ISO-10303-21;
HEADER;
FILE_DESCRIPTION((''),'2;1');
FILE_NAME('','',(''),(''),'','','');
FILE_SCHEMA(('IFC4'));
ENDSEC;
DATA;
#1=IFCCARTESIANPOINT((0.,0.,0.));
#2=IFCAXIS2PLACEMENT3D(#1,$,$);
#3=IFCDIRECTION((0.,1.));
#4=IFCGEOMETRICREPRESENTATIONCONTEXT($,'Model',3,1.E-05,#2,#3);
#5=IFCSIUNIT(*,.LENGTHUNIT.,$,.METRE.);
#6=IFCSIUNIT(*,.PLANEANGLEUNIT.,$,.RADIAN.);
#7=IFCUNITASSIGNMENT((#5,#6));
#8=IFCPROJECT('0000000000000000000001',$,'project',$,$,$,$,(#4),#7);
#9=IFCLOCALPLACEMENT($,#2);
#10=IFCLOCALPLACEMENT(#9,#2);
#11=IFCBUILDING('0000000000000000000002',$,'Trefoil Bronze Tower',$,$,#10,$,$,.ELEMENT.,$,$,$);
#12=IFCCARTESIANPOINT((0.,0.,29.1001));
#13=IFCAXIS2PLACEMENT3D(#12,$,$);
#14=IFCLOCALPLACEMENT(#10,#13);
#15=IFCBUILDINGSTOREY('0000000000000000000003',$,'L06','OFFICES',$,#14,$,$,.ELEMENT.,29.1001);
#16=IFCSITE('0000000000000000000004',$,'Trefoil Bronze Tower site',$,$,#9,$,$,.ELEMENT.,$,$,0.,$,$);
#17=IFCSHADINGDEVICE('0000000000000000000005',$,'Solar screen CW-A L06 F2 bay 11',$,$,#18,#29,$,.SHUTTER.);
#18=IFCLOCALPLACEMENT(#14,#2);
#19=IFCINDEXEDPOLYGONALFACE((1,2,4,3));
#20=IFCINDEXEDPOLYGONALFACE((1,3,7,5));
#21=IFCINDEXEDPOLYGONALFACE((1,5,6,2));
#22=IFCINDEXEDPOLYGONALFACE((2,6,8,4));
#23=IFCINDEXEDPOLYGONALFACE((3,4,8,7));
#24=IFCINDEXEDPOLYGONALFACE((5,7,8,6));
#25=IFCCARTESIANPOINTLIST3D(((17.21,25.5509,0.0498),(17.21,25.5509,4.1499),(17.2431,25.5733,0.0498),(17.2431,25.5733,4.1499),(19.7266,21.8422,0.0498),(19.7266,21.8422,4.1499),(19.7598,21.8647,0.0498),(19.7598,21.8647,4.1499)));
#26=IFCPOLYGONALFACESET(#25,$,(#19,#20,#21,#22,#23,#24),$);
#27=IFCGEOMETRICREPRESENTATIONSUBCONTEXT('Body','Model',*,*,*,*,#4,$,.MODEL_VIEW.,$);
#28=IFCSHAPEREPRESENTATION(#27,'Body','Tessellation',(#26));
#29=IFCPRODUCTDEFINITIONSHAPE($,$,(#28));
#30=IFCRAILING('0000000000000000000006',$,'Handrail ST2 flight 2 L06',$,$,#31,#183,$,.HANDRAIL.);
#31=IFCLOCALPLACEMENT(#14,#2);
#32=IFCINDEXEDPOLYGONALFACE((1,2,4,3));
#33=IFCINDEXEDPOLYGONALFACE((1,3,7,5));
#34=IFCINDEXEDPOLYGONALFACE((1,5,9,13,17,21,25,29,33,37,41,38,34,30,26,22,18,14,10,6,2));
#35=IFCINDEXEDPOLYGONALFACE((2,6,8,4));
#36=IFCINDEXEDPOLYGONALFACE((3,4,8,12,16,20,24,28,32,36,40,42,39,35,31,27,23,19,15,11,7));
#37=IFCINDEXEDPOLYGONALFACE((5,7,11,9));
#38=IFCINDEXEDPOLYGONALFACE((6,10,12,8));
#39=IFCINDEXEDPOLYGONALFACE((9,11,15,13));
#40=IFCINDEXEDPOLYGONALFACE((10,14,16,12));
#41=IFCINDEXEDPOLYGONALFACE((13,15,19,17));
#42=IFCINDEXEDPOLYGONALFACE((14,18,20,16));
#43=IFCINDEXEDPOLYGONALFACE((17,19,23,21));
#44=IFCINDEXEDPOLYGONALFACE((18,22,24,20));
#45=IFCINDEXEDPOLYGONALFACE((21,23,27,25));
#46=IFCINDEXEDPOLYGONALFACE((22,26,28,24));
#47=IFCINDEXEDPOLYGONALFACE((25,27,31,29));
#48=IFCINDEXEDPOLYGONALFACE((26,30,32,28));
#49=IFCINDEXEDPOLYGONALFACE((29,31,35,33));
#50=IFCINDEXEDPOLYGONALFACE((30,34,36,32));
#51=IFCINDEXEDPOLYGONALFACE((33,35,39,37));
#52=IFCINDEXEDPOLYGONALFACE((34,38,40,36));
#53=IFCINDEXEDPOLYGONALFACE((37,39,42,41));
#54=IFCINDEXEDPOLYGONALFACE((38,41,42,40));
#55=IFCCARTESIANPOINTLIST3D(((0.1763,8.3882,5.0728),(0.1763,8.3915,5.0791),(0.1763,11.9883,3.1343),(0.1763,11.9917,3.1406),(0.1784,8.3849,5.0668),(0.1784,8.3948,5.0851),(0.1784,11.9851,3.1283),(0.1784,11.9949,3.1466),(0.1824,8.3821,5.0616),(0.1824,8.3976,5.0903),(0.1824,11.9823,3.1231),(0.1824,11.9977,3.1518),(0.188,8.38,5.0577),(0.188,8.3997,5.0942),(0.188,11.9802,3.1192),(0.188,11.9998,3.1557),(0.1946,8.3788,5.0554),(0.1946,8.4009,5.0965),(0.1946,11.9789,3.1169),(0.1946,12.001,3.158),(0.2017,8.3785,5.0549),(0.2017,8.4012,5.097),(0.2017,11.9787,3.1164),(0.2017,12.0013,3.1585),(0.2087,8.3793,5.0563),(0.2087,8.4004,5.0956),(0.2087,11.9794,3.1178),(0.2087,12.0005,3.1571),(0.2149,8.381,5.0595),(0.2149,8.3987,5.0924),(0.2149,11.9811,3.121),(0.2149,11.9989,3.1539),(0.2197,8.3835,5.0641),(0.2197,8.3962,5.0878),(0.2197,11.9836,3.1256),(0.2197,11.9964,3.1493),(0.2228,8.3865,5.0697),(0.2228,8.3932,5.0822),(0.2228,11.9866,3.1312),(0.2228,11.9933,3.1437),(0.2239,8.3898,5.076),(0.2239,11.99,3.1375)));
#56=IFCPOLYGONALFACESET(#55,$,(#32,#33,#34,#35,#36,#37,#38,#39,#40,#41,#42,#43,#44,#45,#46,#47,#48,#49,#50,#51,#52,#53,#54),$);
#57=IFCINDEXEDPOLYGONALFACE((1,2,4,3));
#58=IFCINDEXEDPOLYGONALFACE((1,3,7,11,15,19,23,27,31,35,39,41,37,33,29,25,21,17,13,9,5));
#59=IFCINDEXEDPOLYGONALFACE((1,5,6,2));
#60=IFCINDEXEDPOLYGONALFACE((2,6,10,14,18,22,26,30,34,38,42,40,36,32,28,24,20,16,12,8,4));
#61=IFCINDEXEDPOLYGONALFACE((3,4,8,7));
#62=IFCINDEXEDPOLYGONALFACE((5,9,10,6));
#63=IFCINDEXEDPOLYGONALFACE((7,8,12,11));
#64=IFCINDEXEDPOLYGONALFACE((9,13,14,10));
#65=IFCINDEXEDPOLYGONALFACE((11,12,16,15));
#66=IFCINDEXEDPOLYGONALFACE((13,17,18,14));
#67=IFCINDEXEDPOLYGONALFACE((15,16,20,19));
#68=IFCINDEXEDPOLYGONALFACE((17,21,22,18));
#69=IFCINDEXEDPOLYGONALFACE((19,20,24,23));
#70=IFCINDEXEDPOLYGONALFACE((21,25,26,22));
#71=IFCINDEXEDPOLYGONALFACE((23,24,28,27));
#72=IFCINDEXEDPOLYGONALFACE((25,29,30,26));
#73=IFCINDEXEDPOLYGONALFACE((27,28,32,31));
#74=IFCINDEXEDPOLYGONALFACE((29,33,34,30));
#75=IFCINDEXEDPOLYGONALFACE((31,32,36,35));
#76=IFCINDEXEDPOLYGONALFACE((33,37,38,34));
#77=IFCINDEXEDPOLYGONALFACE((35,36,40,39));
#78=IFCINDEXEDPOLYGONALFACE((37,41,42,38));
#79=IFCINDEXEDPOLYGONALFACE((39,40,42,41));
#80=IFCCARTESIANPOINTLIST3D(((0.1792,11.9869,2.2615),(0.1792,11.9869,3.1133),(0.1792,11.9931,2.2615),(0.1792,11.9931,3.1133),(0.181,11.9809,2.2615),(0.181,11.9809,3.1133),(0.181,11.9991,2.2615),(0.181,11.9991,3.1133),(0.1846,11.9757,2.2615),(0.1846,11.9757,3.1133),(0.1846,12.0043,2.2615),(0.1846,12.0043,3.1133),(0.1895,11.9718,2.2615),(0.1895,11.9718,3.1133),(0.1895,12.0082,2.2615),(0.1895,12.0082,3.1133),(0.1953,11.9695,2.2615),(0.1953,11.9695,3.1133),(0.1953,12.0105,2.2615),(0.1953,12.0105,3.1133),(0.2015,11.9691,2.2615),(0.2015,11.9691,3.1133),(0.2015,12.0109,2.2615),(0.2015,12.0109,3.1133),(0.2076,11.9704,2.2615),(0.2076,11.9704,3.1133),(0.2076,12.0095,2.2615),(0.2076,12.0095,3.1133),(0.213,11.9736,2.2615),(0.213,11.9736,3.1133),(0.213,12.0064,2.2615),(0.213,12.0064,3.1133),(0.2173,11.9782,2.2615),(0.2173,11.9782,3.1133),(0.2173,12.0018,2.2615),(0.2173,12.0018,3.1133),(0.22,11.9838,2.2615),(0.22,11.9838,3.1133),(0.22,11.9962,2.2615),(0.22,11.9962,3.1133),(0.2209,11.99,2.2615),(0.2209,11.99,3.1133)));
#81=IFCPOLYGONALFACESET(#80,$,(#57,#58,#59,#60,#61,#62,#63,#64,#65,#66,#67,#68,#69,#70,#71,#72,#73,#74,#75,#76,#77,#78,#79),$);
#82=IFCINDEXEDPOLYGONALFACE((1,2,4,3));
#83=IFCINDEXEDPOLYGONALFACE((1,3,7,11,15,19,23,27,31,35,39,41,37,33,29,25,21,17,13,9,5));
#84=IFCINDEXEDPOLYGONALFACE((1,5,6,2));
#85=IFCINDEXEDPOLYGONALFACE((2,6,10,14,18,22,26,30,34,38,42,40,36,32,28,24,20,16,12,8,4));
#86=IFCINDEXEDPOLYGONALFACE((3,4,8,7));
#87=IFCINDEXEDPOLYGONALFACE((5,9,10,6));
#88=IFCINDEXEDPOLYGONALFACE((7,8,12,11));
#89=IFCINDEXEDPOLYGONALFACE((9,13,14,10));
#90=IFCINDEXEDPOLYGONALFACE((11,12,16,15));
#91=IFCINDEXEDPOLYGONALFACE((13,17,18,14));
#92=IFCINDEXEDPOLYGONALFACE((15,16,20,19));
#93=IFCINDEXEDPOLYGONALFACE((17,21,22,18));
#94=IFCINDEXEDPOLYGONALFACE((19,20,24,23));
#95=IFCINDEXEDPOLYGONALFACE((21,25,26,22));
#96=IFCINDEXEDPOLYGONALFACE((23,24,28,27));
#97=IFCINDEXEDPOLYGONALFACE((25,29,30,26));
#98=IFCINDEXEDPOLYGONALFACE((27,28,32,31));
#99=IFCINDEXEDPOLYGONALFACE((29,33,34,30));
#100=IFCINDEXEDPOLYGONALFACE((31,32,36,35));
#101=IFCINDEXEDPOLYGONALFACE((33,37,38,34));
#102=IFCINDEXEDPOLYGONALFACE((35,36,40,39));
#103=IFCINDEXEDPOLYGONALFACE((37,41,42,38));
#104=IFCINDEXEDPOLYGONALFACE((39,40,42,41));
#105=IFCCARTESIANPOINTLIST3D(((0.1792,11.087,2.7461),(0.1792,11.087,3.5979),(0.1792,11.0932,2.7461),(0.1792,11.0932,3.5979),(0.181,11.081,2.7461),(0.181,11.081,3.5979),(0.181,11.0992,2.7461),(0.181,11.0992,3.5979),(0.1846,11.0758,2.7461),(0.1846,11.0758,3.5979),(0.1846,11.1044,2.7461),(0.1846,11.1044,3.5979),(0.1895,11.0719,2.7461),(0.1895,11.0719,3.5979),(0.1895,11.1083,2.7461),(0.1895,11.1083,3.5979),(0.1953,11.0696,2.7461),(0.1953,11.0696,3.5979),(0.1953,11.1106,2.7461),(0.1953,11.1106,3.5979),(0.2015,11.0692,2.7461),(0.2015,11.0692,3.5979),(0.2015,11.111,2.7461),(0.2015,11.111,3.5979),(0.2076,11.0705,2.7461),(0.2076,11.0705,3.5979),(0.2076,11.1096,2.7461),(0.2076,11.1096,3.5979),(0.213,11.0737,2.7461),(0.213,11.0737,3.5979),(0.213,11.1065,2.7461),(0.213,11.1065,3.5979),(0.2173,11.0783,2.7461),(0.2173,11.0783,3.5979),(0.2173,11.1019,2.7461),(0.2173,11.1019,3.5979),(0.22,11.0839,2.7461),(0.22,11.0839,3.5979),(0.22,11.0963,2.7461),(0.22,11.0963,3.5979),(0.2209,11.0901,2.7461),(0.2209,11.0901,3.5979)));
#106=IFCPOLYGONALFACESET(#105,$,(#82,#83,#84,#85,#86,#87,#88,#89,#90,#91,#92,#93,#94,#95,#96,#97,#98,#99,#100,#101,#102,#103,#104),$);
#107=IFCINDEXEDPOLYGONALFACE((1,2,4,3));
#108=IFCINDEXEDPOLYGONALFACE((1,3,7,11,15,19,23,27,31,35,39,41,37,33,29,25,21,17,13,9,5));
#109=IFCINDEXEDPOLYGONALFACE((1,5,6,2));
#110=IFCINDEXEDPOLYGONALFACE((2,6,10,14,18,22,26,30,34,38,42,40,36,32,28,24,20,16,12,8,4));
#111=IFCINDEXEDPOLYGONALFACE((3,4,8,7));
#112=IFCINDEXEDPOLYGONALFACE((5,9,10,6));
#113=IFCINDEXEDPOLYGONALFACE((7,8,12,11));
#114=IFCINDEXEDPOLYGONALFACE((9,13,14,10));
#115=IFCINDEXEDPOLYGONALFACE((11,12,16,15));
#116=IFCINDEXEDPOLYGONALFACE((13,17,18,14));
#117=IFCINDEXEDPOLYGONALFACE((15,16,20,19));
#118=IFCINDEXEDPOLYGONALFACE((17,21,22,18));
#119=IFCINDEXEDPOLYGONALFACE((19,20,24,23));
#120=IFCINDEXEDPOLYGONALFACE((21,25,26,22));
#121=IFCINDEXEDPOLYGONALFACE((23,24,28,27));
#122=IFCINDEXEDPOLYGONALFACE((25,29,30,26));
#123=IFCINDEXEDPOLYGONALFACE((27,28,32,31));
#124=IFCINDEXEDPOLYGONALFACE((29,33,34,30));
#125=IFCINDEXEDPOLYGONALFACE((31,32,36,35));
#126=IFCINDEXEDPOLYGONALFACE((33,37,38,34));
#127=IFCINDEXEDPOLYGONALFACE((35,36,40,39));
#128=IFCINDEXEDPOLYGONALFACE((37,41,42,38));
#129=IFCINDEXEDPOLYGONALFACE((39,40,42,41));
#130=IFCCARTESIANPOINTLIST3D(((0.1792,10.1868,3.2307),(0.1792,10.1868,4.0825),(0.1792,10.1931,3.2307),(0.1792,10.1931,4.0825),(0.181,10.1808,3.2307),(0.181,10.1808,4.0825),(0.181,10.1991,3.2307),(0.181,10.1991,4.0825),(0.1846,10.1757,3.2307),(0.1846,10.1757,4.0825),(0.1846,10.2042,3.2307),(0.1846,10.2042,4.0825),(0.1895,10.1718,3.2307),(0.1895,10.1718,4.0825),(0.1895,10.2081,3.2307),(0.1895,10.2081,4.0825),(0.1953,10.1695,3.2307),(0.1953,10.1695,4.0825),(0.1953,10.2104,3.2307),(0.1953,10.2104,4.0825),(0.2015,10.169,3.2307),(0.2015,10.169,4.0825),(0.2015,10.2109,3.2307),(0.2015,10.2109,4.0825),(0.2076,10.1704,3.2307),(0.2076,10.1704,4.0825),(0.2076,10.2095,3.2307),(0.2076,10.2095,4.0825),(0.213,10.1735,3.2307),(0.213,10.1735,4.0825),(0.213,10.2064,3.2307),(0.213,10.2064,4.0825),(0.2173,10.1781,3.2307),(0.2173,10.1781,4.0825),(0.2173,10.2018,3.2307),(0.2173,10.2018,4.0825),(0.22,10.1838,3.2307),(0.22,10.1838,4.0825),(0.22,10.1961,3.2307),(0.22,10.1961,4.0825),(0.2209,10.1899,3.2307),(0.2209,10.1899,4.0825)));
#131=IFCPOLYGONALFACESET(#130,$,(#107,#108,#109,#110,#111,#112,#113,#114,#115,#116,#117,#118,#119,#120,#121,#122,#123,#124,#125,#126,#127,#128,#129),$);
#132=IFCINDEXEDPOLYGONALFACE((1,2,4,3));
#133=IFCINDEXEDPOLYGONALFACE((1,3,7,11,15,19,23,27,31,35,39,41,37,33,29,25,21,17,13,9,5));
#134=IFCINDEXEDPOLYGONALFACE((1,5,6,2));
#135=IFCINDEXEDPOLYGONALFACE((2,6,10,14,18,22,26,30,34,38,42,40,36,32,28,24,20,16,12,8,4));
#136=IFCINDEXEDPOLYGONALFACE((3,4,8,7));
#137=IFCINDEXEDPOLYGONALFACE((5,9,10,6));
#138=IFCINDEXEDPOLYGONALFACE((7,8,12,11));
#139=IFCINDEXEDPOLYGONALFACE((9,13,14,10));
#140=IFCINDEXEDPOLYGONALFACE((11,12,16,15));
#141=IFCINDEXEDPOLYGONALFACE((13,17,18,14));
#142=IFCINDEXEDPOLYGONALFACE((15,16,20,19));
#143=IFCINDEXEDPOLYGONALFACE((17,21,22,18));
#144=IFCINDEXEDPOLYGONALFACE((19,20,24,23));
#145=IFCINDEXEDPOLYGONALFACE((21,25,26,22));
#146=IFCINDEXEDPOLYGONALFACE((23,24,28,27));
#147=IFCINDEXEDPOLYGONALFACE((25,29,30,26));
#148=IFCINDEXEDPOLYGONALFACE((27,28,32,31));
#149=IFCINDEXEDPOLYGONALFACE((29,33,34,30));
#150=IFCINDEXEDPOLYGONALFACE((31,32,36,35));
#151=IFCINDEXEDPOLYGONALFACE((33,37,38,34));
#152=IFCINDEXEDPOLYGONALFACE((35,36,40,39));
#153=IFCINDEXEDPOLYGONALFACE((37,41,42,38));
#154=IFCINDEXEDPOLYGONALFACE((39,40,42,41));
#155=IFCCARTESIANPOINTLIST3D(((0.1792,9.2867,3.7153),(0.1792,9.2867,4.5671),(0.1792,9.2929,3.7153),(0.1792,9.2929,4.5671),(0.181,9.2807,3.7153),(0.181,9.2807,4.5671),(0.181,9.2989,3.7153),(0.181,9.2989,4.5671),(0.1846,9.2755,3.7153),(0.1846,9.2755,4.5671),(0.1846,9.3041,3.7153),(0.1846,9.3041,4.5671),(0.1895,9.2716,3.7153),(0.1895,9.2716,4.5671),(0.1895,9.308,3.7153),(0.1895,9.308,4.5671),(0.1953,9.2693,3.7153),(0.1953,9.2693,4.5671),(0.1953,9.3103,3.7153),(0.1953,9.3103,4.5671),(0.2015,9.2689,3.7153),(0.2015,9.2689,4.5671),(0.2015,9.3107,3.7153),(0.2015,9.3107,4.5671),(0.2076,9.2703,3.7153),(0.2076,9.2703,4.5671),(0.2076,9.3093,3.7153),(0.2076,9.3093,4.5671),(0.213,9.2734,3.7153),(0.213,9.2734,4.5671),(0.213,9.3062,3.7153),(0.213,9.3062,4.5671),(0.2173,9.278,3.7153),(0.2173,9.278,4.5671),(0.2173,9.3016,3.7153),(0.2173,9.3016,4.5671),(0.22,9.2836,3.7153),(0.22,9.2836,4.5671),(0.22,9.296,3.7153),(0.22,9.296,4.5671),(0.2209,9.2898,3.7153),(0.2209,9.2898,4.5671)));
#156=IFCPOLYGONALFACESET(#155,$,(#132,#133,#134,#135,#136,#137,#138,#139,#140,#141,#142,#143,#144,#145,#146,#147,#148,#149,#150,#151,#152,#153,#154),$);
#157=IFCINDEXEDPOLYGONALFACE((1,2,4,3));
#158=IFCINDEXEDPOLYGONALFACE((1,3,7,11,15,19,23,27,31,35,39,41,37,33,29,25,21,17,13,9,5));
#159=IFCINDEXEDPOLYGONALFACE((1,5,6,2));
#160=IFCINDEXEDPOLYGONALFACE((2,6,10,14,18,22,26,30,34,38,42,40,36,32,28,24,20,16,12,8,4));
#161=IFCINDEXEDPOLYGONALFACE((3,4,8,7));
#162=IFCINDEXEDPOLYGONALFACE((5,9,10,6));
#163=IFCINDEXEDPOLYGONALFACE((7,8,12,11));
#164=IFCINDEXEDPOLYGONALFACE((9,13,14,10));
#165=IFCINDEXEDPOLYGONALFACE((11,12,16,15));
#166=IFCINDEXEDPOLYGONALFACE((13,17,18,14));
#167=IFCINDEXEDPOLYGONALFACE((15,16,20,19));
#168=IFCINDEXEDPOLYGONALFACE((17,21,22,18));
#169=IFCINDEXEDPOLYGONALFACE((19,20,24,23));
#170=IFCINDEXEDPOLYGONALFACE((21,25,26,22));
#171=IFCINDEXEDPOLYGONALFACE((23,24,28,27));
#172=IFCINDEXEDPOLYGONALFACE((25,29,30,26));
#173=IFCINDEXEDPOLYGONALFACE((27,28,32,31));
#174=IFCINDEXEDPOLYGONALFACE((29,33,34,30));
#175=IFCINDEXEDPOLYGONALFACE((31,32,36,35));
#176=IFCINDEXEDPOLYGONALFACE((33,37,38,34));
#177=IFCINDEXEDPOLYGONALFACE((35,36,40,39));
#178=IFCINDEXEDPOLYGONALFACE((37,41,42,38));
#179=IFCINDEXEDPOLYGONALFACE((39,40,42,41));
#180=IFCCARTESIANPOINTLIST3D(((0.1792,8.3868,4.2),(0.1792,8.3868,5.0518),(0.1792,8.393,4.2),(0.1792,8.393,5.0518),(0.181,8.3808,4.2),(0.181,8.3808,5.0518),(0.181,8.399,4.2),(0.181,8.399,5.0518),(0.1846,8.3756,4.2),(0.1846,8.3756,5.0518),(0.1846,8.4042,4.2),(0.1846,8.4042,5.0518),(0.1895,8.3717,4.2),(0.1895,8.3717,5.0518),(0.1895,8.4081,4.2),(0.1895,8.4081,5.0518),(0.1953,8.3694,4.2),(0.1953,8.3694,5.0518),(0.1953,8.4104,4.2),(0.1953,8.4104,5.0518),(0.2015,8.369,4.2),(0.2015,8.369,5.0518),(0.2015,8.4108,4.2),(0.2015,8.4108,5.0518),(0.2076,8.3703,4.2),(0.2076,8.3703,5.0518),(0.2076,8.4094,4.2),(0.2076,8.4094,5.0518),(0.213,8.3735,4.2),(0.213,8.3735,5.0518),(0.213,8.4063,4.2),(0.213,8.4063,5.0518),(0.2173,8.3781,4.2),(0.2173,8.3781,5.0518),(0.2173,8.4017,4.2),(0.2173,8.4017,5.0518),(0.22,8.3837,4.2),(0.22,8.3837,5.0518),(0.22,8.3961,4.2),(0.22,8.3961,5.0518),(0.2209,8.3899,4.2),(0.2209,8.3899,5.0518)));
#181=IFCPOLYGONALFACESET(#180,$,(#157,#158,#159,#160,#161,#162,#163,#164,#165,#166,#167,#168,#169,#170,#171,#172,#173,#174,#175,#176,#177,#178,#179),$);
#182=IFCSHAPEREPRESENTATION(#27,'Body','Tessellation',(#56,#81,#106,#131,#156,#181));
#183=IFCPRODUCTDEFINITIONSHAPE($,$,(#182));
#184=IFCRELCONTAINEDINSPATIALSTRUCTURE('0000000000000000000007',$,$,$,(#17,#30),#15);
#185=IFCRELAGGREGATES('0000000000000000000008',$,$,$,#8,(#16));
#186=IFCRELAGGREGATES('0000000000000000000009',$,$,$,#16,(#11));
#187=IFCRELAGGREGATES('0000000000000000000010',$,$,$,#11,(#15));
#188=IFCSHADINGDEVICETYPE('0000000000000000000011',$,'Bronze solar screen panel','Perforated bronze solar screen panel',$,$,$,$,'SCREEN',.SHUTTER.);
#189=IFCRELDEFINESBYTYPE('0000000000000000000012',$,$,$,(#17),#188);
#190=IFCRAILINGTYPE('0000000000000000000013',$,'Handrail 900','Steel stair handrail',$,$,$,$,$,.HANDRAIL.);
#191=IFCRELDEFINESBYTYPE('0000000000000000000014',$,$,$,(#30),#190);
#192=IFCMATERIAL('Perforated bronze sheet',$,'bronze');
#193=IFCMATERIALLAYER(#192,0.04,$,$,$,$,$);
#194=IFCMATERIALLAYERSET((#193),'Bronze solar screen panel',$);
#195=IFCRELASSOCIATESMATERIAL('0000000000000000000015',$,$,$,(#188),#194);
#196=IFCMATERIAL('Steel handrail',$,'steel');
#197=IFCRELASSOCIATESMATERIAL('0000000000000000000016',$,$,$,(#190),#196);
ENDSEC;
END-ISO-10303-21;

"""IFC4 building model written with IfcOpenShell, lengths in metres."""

from ifc_helpers import new_model, si_unit, direction, frame, origin, origin_2d, place, context, subcontext, project, spatial, rectangle, circle, extrude, material, layer, layer_set, type_object, element, save


model = new_model("IFC4")

# Units and contexts
model_context = context("Model", 3, precision=1e-05, world=origin(), true_north=direction((0.0, 1.0)))
body_context = subcontext(model_context, "Body", "Model", "MODEL_VIEW")
ifc_project = project(units=[si_unit("LENGTHUNIT", "METRE"), si_unit("PLANEANGLEUNIT", "RADIAN")], contexts=[model_context])

# Site, building, storey
site_placement = place(None, origin())
site = spatial("IfcSite", under=ifc_project, at=site_placement, Name="Trefoil Bronze Tower site", CompositionType="ELEMENT", RefElevation=0.0)
building_placement = place(site_placement, origin())
building = spatial("IfcBuilding", under=site, at=building_placement, Name="Trefoil Bronze Tower", CompositionType="ELEMENT")
storey_placement = place(building_placement, frame((0.0, 0.0, 29.1001)))
storey = spatial("IfcBuildingStorey", under=building, at=storey_placement, Name="L06", Description="OFFICES", CompositionType="ELEMENT", Elevation=29.1001)

# Shading device
ifc_material_1 = material(Name="Perforated bronze sheet", Category="bronze")
ifc_layer_1 = layer(ifc_material_1, 0.04)
ifc_layer_set_1 = layer_set([ifc_layer_1], Name="Bronze solar screen panel")
shading_device_type = type_object("IfcShadingDeviceType", Name="Bronze solar screen panel", Description="Perforated bronze solar screen panel", ElementType="SCREEN", PredefinedType="SHUTTER", material=ifc_layer_set_1)
shading_device_1_placement = place(storey_placement, frame((18.4849, 23.7078, 0.0498), z_axis=(0.0, 0.0, 1.0), x_axis=(-0.56151, 0.82747, 0.0)))
element("IfcShadingDevice", 1, at=shading_device_1_placement, inside=storey, type_object=shading_device_type, Name="Solar screen CW-A L06 F2 bay 11", PredefinedType="SHUTTER", context=body_context, shape_type="SweptSolid", body=[
    extrude(rectangle(XDim=4.4819, YDim=0.04, at=origin_2d()), origin(), (0.0, 0.0, 1.0), 4.1001),
])

# Railing
ifc_material_2 = material(Name="Steel handrail", Category="steel")
railing_type = type_object("IfcRailingType", Name="Handrail 900", Description="Steel stair handrail", PredefinedType="HANDRAIL", material=ifc_material_2)
railing_placement = place(storey_placement, frame((0.2, 11.99, 2.2615)))
element("IfcRailing", 2, at=railing_placement, inside=storey, type_object=railing_type, Name="Handrail ST2 flight 2 L06", PredefinedType="HANDRAIL", context=body_context, shape_type="SweptSolid", body=[
    extrude(circle(Radius=0.0239, at=origin_2d()), frame((0.0, 0.0, 0.876), z_axis=(0.0, -0.880475, 0.474093), x_axis=(1.0, 0.0, 0.0)), (0.0, 0.0, 1.0), 4.0889),
    extrude(circle(Radius=0.021, at=origin_2d()), origin(), (0.0, 0.0, 1.0), 0.8518),
    extrude(circle(Radius=0.021, at=origin_2d()), frame((0.0, -0.8999, 0.4846)), (0.0, 0.0, 1.0), 0.8518),
    extrude(circle(Radius=0.021, at=origin_2d()), frame((0.0, -1.8, 0.9692)), (0.0, 0.0, 1.0), 0.8518),
    extrude(circle(Radius=0.021, at=origin_2d()), frame((0.0, -2.7002, 1.4539)), (0.0, 0.0, 1.0), 0.8518),
    extrude(circle(Radius=0.021, at=origin_2d()), frame((0.0, -3.6001, 1.9385)), (0.0, 0.0, 1.0), 0.8518),
])

save(model, "model.ifc")
